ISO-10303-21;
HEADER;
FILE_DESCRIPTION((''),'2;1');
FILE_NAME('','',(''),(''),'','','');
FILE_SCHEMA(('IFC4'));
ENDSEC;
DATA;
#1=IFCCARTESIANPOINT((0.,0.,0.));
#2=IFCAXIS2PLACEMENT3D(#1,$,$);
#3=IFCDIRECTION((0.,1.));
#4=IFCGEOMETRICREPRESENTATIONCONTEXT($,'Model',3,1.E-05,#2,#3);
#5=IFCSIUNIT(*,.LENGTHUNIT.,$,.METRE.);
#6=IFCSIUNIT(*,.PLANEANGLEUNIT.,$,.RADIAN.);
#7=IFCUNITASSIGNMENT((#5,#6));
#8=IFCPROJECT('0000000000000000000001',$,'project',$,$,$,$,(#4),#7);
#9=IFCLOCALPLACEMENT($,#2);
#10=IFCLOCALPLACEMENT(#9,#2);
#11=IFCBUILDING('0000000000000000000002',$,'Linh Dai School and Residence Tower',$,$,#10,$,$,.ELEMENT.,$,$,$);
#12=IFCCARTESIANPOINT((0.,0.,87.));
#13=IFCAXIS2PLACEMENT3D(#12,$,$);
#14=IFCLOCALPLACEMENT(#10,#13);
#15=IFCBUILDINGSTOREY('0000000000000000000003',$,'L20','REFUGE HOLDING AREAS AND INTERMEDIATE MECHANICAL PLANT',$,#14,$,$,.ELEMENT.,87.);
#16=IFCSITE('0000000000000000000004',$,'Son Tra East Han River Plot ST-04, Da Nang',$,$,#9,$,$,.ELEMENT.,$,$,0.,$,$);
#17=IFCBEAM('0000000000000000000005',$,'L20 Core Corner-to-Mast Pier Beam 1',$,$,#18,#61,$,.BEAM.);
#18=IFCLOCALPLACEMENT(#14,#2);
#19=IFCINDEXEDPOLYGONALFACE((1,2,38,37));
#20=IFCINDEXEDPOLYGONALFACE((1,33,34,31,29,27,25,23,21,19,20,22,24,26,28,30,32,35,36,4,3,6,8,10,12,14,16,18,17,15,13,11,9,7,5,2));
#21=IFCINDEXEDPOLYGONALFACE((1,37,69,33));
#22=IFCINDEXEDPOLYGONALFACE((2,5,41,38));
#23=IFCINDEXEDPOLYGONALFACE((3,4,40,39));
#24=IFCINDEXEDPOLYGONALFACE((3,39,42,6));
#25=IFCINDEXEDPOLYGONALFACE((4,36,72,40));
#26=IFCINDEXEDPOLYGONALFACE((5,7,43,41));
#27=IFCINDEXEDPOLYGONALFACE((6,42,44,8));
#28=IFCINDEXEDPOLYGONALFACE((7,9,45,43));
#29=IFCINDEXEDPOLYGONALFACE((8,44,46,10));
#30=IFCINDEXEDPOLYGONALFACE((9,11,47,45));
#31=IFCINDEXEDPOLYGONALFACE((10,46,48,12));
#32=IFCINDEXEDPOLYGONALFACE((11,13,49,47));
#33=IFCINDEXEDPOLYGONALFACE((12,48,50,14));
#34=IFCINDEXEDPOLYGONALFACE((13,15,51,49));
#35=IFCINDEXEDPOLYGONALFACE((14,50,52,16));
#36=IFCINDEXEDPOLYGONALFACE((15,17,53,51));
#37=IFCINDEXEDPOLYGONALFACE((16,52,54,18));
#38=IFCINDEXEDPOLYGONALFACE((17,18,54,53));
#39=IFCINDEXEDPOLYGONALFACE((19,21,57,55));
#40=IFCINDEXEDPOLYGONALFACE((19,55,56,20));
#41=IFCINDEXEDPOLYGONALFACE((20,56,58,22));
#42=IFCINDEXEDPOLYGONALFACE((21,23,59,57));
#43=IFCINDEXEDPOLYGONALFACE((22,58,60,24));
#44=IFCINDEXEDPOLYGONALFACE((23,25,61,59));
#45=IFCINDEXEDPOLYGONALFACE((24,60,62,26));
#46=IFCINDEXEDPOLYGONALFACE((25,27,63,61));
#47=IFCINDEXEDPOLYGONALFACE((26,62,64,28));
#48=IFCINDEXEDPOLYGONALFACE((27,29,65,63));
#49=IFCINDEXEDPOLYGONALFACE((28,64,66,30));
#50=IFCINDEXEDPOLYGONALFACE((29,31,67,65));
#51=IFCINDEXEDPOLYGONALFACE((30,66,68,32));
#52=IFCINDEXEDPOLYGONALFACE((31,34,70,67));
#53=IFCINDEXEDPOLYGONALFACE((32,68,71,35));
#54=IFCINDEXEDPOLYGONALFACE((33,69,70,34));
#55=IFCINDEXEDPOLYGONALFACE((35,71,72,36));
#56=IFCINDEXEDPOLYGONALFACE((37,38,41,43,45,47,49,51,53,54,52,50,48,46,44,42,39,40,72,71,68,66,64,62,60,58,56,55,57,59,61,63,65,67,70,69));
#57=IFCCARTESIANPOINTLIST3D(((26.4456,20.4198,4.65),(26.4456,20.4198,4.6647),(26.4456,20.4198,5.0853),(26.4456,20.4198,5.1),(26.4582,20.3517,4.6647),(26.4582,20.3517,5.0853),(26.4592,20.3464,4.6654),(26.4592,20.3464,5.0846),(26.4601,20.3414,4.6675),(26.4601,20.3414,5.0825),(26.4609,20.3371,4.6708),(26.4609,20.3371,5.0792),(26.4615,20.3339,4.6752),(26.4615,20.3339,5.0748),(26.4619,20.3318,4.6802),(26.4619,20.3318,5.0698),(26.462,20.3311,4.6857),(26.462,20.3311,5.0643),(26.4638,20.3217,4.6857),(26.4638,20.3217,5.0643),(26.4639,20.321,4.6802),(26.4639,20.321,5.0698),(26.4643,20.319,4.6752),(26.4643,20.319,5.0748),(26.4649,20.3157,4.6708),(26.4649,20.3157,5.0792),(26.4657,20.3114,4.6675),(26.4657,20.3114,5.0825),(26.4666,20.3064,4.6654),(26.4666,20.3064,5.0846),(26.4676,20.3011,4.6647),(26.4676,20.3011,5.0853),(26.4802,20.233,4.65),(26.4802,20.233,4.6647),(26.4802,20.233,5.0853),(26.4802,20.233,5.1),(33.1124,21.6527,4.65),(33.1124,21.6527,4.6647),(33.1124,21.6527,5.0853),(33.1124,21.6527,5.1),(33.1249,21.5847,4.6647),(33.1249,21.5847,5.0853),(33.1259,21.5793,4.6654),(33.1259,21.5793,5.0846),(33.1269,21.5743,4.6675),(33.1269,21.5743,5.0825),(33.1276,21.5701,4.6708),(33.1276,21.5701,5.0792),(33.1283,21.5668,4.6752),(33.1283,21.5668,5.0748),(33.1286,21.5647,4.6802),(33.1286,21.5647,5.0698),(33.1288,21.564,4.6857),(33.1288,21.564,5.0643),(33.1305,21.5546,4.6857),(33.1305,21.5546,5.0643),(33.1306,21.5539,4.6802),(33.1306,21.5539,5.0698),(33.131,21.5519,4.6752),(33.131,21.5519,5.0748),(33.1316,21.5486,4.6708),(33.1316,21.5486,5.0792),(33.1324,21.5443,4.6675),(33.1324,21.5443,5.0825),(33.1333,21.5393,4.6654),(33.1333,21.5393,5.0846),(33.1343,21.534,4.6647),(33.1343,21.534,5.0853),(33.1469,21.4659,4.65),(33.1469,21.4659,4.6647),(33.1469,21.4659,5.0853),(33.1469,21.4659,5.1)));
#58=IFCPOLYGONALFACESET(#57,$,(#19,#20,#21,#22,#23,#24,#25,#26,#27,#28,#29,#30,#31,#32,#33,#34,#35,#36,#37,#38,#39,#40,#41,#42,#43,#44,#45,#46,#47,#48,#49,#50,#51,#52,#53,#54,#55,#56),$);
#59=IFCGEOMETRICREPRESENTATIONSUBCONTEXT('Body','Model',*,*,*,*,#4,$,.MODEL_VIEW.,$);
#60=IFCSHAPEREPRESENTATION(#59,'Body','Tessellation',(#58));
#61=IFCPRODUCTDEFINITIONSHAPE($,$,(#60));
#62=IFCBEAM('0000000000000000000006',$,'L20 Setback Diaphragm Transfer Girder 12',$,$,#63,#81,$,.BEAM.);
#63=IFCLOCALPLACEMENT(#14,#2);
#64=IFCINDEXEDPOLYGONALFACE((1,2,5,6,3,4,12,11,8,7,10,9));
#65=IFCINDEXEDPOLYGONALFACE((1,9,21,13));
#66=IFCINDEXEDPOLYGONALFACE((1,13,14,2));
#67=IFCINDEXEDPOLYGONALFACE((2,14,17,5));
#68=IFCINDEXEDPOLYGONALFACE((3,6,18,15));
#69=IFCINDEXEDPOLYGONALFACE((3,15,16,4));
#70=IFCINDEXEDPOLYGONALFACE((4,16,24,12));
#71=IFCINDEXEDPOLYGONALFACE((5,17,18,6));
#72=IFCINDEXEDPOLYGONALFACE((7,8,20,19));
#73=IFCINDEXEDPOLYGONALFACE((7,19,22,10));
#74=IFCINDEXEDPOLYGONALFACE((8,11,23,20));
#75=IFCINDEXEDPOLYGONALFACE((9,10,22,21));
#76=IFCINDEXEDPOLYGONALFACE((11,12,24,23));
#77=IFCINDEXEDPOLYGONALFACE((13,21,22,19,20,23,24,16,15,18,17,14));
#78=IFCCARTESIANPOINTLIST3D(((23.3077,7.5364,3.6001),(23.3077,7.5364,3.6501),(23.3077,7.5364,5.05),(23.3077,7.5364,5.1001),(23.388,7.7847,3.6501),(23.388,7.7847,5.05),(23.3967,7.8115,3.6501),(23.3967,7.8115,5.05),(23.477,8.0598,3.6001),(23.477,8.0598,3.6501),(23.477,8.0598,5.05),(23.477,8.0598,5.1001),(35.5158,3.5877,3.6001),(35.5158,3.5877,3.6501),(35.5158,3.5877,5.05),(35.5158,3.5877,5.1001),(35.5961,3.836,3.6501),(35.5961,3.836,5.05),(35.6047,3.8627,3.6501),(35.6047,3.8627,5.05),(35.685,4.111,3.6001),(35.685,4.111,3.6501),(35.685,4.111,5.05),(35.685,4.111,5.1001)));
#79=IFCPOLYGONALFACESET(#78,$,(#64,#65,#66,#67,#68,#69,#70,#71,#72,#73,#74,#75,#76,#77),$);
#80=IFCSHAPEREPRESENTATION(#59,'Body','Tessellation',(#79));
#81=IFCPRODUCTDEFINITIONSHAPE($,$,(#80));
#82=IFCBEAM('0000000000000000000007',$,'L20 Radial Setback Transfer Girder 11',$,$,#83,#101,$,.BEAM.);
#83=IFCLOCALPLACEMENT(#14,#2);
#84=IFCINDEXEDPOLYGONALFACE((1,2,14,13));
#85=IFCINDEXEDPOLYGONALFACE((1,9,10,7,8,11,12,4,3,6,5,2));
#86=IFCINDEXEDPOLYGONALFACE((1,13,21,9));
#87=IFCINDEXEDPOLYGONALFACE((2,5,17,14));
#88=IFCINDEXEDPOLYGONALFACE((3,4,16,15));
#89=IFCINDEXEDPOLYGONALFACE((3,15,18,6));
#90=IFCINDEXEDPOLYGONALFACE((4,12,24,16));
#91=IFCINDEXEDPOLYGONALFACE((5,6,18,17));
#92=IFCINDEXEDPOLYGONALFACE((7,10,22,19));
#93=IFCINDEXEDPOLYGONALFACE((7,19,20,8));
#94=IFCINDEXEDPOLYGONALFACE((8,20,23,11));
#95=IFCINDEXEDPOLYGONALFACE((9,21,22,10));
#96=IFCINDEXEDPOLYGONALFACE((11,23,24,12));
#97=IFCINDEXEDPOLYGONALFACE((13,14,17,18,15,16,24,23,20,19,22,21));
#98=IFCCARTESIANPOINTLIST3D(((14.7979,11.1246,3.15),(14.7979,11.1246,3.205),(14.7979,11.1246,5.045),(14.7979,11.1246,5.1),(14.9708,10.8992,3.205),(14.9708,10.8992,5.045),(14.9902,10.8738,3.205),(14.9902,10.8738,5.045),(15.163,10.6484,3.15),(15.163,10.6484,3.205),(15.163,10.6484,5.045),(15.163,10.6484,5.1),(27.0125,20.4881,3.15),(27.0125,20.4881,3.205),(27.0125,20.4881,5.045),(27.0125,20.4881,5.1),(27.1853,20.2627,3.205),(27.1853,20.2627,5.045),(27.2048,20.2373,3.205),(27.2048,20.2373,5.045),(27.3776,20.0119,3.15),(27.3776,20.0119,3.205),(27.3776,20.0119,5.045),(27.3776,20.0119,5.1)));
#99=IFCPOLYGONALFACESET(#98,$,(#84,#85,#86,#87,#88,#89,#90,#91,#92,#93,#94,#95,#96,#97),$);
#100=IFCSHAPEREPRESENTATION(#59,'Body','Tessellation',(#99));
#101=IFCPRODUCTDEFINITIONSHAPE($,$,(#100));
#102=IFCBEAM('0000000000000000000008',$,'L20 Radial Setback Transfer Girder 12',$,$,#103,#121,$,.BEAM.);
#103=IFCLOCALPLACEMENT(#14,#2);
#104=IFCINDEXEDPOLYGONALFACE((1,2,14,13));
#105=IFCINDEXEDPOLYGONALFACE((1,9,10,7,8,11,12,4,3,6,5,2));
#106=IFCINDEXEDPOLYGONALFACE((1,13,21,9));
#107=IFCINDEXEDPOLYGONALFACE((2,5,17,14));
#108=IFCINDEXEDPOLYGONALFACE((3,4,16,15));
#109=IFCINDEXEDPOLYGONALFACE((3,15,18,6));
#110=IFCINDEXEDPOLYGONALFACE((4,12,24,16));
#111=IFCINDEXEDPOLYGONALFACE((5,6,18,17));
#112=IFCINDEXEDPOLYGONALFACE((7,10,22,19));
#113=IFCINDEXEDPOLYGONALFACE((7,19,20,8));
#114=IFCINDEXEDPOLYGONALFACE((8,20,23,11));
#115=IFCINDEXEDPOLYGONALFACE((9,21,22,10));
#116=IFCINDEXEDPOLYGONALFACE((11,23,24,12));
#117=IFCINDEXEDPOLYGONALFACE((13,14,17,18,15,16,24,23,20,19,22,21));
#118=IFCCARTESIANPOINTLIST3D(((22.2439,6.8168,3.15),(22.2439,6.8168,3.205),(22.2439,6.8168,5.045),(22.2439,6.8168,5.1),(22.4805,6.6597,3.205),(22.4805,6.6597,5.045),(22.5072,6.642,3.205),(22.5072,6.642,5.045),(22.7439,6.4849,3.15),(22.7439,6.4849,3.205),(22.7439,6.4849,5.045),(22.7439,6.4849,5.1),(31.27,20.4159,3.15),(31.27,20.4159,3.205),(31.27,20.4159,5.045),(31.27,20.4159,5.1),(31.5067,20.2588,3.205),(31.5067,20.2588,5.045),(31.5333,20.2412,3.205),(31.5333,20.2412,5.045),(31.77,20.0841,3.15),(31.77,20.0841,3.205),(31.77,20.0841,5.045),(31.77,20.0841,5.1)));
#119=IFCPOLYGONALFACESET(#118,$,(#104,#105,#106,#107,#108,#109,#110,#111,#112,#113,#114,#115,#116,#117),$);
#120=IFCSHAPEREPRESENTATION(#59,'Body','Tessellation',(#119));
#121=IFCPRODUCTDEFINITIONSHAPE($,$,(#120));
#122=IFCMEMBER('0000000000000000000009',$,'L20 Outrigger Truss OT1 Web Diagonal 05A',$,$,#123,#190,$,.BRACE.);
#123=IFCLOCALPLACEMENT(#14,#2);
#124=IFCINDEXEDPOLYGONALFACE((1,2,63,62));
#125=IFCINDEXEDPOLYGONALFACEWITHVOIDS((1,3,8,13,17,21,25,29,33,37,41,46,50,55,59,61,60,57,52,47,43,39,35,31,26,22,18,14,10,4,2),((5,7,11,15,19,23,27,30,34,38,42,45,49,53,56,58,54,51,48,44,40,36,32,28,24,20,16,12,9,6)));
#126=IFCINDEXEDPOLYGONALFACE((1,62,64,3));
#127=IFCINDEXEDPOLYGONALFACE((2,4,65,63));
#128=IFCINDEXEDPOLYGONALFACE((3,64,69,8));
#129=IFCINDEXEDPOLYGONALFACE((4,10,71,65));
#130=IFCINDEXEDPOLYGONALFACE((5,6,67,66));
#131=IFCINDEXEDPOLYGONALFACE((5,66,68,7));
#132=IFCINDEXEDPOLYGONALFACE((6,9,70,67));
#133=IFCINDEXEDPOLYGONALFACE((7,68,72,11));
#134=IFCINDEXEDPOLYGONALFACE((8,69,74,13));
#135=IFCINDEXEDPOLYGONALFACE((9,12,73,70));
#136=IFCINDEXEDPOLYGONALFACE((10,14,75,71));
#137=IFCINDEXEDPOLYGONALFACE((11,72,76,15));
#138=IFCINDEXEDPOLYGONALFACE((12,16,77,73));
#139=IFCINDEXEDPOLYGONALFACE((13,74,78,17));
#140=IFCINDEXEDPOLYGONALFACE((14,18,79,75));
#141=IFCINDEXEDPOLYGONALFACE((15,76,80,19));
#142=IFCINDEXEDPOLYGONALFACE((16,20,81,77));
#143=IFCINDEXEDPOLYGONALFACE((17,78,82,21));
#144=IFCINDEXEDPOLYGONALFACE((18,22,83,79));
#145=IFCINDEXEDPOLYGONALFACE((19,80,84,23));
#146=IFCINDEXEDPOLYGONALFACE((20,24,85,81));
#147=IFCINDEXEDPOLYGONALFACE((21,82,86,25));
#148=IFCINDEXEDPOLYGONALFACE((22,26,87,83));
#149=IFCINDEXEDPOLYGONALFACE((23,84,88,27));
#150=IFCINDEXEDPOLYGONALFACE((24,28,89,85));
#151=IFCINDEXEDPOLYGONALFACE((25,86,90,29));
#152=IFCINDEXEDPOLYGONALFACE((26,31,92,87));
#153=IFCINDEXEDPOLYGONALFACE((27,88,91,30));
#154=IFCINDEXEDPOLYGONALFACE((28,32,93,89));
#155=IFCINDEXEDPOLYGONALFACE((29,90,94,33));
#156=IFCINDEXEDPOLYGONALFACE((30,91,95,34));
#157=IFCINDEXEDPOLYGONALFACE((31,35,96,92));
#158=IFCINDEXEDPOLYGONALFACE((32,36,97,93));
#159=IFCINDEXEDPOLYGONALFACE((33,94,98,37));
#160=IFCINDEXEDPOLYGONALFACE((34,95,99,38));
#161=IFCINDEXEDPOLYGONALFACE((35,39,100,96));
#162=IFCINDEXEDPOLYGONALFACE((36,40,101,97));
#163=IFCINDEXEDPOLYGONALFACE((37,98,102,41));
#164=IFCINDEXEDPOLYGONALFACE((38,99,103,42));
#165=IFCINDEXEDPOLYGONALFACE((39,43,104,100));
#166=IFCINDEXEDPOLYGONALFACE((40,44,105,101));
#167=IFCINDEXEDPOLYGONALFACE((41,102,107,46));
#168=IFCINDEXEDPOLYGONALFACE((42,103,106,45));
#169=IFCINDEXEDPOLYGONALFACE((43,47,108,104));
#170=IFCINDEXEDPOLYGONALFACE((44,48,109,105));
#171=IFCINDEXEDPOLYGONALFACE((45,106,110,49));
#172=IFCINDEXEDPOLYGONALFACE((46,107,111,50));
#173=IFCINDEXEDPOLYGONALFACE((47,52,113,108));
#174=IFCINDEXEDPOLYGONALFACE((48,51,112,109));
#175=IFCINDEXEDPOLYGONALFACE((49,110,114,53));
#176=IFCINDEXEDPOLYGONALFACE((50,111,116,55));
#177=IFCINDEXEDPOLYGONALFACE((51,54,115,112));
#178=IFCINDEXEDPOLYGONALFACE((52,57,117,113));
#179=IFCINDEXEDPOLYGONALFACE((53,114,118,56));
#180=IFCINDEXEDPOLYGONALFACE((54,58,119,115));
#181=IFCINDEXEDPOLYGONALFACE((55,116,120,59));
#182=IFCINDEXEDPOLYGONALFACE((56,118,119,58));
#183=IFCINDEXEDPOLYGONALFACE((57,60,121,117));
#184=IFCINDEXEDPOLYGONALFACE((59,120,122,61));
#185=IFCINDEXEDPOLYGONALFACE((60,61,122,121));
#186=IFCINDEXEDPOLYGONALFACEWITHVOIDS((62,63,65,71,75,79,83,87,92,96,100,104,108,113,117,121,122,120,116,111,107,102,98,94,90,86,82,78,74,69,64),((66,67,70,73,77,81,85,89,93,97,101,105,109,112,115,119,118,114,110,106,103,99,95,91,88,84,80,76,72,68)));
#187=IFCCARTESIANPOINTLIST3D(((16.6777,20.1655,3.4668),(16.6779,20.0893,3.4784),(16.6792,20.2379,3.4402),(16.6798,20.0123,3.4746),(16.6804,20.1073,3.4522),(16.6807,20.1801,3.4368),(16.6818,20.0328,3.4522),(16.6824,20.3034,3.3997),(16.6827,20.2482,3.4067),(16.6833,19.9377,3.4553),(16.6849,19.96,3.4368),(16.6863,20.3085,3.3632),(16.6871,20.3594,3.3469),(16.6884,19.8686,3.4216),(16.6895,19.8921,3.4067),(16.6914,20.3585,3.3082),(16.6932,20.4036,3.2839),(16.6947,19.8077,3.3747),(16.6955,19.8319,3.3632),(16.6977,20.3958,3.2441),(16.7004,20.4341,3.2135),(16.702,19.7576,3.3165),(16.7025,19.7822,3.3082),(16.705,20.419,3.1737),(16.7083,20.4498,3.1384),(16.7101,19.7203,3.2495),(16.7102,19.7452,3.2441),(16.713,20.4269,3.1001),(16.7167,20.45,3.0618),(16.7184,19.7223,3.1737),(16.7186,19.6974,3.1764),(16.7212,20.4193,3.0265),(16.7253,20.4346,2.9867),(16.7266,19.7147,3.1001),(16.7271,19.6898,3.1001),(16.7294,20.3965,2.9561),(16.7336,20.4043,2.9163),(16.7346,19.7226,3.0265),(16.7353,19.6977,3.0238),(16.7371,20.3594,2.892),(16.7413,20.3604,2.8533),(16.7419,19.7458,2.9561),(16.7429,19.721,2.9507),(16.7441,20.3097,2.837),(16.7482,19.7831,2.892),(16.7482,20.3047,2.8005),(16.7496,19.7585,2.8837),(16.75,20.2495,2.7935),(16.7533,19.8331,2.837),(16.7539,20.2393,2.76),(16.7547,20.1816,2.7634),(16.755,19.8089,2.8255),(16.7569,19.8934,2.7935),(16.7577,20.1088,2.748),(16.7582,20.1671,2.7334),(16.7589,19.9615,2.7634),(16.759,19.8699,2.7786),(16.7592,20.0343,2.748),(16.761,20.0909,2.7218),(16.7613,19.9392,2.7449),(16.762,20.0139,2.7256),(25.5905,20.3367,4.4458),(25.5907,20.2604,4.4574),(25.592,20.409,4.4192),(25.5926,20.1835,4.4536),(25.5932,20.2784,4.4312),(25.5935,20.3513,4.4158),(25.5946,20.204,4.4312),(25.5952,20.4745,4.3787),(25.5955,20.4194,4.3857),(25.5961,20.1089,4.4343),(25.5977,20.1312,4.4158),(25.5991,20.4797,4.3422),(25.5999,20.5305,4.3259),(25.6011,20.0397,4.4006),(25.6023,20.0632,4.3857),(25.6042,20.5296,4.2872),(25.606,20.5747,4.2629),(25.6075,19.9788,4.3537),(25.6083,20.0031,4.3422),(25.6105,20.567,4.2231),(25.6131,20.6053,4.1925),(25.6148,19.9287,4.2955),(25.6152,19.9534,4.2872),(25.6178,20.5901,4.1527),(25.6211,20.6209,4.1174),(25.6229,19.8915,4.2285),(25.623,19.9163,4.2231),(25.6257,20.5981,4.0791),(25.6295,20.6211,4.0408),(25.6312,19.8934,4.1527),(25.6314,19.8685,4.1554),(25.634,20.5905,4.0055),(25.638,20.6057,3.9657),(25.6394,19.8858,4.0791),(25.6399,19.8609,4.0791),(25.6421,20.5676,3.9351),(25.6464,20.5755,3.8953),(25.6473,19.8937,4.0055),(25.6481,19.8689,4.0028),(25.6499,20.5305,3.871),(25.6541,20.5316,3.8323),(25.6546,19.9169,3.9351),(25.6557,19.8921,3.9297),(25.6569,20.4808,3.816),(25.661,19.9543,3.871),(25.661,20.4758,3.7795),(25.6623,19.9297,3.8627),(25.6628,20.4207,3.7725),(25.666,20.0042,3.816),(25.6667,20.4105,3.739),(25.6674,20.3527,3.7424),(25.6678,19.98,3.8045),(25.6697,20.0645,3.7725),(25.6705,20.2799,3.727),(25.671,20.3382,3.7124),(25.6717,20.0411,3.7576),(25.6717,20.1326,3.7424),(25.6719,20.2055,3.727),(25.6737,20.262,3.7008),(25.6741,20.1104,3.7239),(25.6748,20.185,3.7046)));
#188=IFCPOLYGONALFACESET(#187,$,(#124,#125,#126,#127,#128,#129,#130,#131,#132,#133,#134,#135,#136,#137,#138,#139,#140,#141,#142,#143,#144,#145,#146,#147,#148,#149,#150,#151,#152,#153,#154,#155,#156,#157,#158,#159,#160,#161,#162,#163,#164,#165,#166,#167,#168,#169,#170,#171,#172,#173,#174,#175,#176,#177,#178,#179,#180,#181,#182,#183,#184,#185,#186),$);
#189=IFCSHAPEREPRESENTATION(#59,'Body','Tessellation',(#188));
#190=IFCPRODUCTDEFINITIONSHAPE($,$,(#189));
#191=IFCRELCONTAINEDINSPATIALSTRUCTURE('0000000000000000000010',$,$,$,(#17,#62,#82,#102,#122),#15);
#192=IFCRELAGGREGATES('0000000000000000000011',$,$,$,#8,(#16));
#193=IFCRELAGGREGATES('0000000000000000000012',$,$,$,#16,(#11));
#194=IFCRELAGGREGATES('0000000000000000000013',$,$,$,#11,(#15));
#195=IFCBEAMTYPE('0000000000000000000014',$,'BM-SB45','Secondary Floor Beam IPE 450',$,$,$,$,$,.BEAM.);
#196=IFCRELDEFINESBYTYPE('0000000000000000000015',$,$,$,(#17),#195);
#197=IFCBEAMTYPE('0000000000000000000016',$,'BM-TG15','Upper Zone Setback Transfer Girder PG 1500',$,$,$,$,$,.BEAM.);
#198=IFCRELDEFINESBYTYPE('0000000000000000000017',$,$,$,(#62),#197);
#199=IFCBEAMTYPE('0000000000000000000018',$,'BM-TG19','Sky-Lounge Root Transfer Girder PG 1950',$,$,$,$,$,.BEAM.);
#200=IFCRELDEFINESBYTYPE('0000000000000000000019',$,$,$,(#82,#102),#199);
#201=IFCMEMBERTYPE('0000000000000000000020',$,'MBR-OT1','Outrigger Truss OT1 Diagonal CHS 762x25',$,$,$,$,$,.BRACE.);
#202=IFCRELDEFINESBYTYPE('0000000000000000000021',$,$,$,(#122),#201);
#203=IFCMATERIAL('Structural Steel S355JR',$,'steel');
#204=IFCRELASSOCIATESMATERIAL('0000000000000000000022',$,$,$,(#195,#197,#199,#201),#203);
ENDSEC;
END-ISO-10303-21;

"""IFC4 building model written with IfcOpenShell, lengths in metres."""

from ifc_helpers import new_model, si_unit, direction, frame, origin, origin_2d, place, context, subcontext, project, spatial, hollow_circle, i_section, extrude, material, material_profile, profile_set, type_object, element, save


model = new_model("IFC4")

# Units and contexts
model_context = context("Model", 3, precision=1e-05, world=origin(), true_north=direction((0.0, 1.0)))
body_context = subcontext(model_context, "Body", "Model", "MODEL_VIEW")
ifc_project = project(units=[si_unit("LENGTHUNIT", "METRE"), si_unit("PLANEANGLEUNIT", "RADIAN")], contexts=[model_context])

# Site, building, storey
site_placement = place(None, origin())
site = spatial("IfcSite", under=ifc_project, at=site_placement, Name="Son Tra East Han River Plot ST-04, Da Nang", CompositionType="ELEMENT", RefElevation=0.0)
building_placement = place(site_placement, origin())
building = spatial("IfcBuilding", under=site, at=building_placement, Name="Linh Dai School and Residence Tower", CompositionType="ELEMENT")
storey_placement = place(building_placement, frame((0.0, 0.0, 87.0)))
storey = spatial("IfcBuildingStorey", under=building, at=storey_placement, Name="L20", Description="REFUGE HOLDING AREAS AND INTERMEDIATE MECHANICAL PLANT", CompositionType="ELEMENT", Elevation=87.0)

# Shared definitions
ifc_material_1 = material(Name="Structural Steel S355JR", Category="steel")

# Beams
ifc_material_profile_1 = material_profile(ifc_material_1, i_section(OverallWidth=0.1899, OverallDepth=0.45, WebThickness=0.0095, FlangeThickness=0.0146, FilletRadius=0.021, at=origin_2d()), Name="IPE 450")
ifc_profile_set_1 = profile_set([ifc_material_profile_1], Name="Structural Steel S355JR")
beam_type_1 = type_object("IfcBeamType", Name="BM-SB45", Description="Secondary Floor Beam IPE 450", PredefinedType="BEAM", material=ifc_profile_set_1)
beam_1_placement = place(storey_placement, frame((26.4629, 20.3264, 4.875), z_axis=(0.983326, 0.181851, 0.0), x_axis=(-0.181851, 0.983326, 0.0)))
element("IfcBeam", 1, at=beam_1_placement, inside=storey, type_object=beam_type_1, Name="L20 Core Corner-to-Mast Pier Beam 1", PredefinedType="BEAM", context=body_context, shape_type="SweptSolid", body=[
    extrude(i_section(OverallWidth=0.1899, OverallDepth=0.45, WebThickness=0.0095, FlangeThickness=0.0146, FilletRadius=0.021, at=origin_2d()), origin(), (0.0, 0.0, 1.0), 6.7798),
])
ifc_material_profile_2 = material_profile(ifc_material_1, i_section(OverallWidth=0.55, OverallDepth=1.5, WebThickness=0.0281, FlangeThickness=0.05, at=origin_2d()), Name="PG 1500x550x28x50")
ifc_profile_set_2 = profile_set([ifc_material_profile_2], Name="Structural Steel S355JR")
beam_type_2 = type_object("IfcBeamType", Name="BM-TG15", Description="Upper Zone Setback Transfer Girder PG 1500", PredefinedType="BEAM", material=ifc_profile_set_2)
beam_2_placement = place(storey_placement, frame((23.3923, 7.7981, 4.3501), z_axis=(0.951465, -0.307755, 0.0), x_axis=(0.307755, 0.951465, 0.0)))
element("IfcBeam", 2, at=beam_2_placement, inside=storey, type_object=beam_type_2, Name="L20 Setback Diaphragm Transfer Girder 12", PredefinedType="BEAM", context=body_context, shape_type="SweptSolid", body=[
    extrude(i_section(OverallWidth=0.55, OverallDepth=1.5, WebThickness=0.0281, FlangeThickness=0.05, at=origin_2d()), origin(), (0.0, 0.0, 1.0), 12.8308),
])
ifc_material_profile_3 = material_profile(ifc_material_1, i_section(OverallWidth=0.6001, OverallDepth=1.95, WebThickness=0.032, FlangeThickness=0.0549, at=origin_2d()), Name="PG 1950x600x32x55")
ifc_profile_set_3 = profile_set([ifc_material_profile_3], Name="Structural Steel S355JR")
beam_type_3 = type_object("IfcBeamType", Name="BM-TG19", Description="Sky-Lounge Root Transfer Girder PG 1950", PredefinedType="BEAM", material=ifc_profile_set_3)
beam_3_placement = place(storey_placement, frame((27.1951, 20.25, 4.125), z_axis=(-0.793638, -0.608391, 0.0), x_axis=(0.608391, -0.793638, 0.0)))
element("IfcBeam", 3, at=beam_3_placement, inside=storey, type_object=beam_type_3, Name="L20 Radial Setback Transfer Girder 11", PredefinedType="BEAM", context=body_context, shape_type="SweptSolid", body=[
    extrude(i_section(OverallWidth=0.6001, OverallDepth=1.95, WebThickness=0.032, FlangeThickness=0.0549, at=origin_2d()), origin(), (0.0, 0.0, 1.0), 15.3906),
])
beam_4_placement = place(storey_placement, frame((31.52, 20.25, 4.125), z_axis=(-0.553004, -0.833178, 0.0), x_axis=(0.833178, -0.553004, 0.0)))
element("IfcBeam", 4, at=beam_4_placement, inside=storey, type_object=beam_type_3, Name="L20 Radial Setback Transfer Girder 12", PredefinedType="BEAM", context=body_context, shape_type="SweptSolid", body=[
    extrude(i_section(OverallWidth=0.6001, OverallDepth=1.95, WebThickness=0.032, FlangeThickness=0.0549, at=origin_2d()), origin(), (0.0, 0.0, 1.0), 16.322),
])

# Member
ifc_material_profile_4 = material_profile(ifc_material_1, hollow_circle(Radius=0.3811, WallThickness=0.0249, at=origin_2d()), Name="CHS 762x25")
ifc_profile_set_4 = profile_set([ifc_material_profile_4], Name="Structural Steel S355JR")
member_type = type_object("IfcMemberType", Name="MBR-OT1", Description="Outrigger Truss OT1 Diagonal CHS 762x25", PredefinedType="BRACE", material=ifc_profile_set_4)
member_1_placement = place(storey_placement, frame((25.6326, 20.2419, 4.0791), z_axis=(-0.99384, -0.019084, -0.109165), x_axis=(0.019198, -0.999816, 0.0)))
element("IfcMember", 5, at=member_1_placement, inside=storey, type_object=member_type, Name="L20 Outrigger Truss OT1 Web Diagonal 05A", PredefinedType="BRACE", context=body_context, shape_type="SweptSolid", body=[
    extrude(hollow_circle(Radius=0.3811, WallThickness=0.0249, at=origin_2d()), origin(), (0.0, 0.0, 1.0), 8.968),
])

save(model, "model.ifc")
